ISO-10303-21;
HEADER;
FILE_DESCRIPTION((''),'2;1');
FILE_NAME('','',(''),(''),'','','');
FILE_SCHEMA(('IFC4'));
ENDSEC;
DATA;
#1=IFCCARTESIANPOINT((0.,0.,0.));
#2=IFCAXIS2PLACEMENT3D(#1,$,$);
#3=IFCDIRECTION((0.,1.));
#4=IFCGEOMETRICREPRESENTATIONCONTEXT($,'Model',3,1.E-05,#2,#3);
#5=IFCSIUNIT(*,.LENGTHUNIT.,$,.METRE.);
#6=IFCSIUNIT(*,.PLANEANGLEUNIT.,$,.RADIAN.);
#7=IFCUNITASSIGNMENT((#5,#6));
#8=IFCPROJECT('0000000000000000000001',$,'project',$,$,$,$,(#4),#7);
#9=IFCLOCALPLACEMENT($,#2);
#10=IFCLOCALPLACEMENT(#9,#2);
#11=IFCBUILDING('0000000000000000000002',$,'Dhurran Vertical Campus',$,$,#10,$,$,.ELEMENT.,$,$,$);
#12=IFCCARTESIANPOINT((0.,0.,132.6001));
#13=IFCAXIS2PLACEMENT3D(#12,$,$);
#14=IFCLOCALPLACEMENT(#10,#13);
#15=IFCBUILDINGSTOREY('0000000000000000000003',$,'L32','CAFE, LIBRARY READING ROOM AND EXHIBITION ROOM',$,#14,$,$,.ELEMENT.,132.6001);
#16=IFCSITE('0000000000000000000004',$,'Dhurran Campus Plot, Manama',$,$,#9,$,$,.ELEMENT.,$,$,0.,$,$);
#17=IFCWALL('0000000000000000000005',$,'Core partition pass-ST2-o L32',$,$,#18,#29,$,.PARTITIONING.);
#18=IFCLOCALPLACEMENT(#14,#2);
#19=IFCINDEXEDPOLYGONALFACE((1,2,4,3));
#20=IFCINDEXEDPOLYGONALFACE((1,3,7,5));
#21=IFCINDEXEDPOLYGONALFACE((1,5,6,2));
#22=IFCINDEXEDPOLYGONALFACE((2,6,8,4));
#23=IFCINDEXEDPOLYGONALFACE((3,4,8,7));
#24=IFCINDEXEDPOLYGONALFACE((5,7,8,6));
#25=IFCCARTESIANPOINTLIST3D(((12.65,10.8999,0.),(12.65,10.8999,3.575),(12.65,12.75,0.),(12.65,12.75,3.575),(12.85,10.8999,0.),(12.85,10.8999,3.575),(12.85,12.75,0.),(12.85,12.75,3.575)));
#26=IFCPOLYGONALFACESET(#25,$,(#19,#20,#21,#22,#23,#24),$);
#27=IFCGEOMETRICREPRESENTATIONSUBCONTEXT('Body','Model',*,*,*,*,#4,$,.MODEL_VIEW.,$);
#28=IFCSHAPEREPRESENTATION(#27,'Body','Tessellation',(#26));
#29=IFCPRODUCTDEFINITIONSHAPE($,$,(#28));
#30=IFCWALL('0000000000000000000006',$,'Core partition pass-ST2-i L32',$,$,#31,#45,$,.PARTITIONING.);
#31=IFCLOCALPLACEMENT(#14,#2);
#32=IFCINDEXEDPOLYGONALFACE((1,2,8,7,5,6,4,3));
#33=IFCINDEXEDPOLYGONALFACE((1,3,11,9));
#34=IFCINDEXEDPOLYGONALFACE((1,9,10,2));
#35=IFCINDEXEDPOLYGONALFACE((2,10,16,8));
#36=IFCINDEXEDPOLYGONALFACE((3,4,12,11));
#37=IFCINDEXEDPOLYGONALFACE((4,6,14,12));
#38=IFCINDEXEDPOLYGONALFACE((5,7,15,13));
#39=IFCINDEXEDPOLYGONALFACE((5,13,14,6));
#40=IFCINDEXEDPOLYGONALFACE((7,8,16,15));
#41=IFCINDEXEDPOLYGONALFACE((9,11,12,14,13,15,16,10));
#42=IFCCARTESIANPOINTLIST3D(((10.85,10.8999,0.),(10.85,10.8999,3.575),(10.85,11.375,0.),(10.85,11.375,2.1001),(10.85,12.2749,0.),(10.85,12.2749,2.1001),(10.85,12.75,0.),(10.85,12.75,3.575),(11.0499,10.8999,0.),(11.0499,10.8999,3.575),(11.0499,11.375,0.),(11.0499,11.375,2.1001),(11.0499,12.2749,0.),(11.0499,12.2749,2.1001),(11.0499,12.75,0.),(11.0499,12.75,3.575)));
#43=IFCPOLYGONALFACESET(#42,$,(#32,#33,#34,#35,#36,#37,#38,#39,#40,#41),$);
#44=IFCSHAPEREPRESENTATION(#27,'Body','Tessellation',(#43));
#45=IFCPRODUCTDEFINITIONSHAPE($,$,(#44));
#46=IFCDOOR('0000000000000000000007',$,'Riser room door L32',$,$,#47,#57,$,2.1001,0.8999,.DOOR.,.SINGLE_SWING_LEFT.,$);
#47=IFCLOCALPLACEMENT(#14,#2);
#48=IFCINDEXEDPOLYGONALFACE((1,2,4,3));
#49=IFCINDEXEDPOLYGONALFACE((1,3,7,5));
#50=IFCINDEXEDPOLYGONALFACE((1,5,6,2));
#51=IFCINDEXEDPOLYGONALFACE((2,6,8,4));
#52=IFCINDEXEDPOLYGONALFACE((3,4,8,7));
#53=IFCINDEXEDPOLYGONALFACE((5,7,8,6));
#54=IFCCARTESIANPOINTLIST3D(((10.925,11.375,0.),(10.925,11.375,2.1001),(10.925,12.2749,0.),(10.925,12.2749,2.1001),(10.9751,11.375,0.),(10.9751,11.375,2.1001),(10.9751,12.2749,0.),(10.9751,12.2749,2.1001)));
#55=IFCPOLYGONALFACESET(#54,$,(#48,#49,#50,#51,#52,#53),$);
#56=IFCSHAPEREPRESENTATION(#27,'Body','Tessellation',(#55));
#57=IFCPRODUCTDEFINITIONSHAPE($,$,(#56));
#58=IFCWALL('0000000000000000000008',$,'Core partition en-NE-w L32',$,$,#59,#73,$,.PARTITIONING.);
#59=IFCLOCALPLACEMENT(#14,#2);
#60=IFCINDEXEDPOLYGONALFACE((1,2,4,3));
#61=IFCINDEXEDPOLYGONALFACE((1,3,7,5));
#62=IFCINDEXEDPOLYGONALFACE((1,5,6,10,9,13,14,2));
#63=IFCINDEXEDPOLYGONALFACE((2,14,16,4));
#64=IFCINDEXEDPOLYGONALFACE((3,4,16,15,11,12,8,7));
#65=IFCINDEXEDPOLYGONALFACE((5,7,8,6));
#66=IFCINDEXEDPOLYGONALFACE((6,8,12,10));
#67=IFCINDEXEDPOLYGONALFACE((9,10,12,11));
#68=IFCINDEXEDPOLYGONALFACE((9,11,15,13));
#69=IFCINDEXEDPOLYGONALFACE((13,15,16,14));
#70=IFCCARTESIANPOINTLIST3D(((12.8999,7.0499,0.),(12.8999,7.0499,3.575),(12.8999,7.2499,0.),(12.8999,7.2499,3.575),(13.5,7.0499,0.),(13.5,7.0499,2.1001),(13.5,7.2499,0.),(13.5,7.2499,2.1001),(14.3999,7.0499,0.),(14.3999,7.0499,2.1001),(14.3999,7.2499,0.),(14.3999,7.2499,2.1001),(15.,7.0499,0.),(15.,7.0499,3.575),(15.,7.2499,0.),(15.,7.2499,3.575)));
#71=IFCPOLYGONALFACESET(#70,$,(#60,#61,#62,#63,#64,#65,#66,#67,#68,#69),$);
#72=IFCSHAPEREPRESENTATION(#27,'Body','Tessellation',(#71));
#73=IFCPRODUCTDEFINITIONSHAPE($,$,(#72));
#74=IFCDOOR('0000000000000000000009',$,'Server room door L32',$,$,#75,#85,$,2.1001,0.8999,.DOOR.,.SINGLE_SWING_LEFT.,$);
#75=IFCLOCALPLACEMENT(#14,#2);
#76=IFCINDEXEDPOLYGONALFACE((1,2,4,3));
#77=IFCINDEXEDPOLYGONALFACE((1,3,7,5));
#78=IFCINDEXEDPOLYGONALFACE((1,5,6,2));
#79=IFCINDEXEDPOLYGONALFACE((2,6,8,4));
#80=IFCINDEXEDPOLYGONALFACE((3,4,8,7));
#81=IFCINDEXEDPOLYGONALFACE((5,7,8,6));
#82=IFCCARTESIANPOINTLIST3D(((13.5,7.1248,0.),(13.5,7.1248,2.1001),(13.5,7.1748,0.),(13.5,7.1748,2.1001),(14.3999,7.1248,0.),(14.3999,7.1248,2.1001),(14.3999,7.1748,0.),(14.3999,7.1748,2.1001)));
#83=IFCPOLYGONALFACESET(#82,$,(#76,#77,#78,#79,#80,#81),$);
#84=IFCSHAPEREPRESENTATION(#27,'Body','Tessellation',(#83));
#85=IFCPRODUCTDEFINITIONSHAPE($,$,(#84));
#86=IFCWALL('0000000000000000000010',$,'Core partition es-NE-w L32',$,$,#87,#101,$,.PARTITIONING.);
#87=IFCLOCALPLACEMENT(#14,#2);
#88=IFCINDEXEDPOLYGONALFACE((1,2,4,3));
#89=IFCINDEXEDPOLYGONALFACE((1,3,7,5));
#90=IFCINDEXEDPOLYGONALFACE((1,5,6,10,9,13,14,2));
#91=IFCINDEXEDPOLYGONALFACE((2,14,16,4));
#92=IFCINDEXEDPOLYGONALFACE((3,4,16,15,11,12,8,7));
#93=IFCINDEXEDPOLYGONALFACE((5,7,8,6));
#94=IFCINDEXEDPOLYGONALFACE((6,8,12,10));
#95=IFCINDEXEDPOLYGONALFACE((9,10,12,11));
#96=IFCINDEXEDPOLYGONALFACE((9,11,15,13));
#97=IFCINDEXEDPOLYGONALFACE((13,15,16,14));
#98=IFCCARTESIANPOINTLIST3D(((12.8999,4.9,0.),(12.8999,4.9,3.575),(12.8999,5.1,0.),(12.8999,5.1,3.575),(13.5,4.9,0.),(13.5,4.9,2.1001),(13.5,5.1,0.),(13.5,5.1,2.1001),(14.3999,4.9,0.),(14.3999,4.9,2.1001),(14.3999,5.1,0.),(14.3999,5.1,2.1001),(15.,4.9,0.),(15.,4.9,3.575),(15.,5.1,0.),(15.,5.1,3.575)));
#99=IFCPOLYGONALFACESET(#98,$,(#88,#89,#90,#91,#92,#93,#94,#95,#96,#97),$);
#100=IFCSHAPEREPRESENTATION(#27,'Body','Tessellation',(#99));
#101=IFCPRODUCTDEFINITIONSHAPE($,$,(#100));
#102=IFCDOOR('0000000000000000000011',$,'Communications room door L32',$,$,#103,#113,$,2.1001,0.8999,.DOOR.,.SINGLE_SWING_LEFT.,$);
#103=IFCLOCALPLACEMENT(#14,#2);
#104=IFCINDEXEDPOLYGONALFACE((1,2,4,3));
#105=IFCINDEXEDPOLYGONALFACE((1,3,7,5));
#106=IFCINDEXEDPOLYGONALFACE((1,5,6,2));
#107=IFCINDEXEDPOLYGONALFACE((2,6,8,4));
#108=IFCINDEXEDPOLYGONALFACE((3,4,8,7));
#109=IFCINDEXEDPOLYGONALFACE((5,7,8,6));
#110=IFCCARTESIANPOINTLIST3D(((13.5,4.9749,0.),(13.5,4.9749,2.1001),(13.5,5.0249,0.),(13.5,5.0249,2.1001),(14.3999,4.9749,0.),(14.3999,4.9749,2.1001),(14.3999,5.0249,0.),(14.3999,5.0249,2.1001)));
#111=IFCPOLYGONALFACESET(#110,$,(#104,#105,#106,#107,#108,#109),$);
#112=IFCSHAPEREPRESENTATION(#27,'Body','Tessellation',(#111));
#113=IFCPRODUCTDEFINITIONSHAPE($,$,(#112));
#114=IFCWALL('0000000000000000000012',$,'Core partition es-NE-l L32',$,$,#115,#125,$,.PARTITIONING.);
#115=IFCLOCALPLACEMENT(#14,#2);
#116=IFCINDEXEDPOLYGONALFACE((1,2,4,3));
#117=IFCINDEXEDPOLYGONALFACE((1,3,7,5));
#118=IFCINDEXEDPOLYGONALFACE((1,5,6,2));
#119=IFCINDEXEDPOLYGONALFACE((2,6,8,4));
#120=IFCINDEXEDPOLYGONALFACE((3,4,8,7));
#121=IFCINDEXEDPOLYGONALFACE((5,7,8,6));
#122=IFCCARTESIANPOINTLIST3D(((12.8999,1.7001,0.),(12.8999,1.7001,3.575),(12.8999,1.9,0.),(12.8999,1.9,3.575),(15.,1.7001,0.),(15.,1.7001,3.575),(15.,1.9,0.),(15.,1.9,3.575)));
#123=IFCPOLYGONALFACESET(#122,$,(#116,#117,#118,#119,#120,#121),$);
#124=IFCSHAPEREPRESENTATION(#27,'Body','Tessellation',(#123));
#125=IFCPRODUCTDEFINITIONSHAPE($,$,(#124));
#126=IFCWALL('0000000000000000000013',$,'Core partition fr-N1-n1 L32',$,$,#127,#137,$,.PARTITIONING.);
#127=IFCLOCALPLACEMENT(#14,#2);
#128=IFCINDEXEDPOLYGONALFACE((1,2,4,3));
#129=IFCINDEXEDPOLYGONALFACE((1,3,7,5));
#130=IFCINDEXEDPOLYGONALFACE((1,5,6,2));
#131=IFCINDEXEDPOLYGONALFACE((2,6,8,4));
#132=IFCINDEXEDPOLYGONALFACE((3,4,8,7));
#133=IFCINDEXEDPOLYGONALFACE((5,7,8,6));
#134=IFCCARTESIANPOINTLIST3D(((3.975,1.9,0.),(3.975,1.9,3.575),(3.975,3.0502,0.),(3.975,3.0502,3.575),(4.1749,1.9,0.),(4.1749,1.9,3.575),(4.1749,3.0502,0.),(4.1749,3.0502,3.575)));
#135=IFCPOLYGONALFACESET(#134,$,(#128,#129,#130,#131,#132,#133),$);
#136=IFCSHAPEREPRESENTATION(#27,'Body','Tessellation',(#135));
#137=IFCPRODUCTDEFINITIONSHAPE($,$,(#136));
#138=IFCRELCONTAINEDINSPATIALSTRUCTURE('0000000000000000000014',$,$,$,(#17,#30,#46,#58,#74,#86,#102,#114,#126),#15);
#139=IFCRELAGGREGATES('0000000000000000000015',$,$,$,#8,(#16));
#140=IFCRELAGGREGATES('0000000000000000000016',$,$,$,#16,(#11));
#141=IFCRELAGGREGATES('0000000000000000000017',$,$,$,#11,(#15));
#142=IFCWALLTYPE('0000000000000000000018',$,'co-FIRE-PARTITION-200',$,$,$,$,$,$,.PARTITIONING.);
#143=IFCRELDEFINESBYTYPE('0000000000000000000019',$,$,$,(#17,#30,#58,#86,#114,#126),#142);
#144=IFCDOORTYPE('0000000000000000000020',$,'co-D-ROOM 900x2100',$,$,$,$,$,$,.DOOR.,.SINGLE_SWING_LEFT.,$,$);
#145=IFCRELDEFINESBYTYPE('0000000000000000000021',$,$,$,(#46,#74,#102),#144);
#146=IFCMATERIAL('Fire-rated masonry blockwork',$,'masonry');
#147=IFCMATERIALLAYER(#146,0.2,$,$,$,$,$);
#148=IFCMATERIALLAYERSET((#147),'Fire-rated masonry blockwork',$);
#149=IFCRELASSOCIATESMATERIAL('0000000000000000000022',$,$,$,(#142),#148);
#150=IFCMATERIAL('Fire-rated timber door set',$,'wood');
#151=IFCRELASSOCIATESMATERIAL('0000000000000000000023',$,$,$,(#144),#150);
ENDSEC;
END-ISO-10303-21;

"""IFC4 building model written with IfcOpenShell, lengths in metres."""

from ifc_helpers import new_model, si_unit, direction, frame, frame_2d, origin, place, context, subcontext, project, spatial, rectangle, extrude, material, layer, layer_set, type_object, element, fill, save


model = new_model("IFC4")

# Units and contexts
model_context = context("Model", 3, precision=1e-05, world=origin(), true_north=direction((0.0, 1.0)))
body_context = subcontext(model_context, "Body", "Model", "MODEL_VIEW")
ifc_project = project(units=[si_unit("LENGTHUNIT", "METRE"), si_unit("PLANEANGLEUNIT", "RADIAN")], contexts=[model_context])

# Site, building, storey
site_placement = place(None, origin())
site = spatial("IfcSite", under=ifc_project, at=site_placement, Name="Dhurran Campus Plot, Manama", CompositionType="ELEMENT", RefElevation=0.0)
building_placement = place(site_placement, origin())
building = spatial("IfcBuilding", under=site, at=building_placement, Name="Dhurran Vertical Campus", CompositionType="ELEMENT")
storey_placement = place(building_placement, frame((0.0, 0.0, 132.6001)))
storey = spatial("IfcBuildingStorey", under=building, at=storey_placement, Name="L32", Description="CAFE, LIBRARY READING ROOM AND EXHIBITION ROOM", CompositionType="ELEMENT", Elevation=132.6001)

# Wall
ifc_material_1 = material(Name="Fire-rated masonry blockwork", Category="masonry")
ifc_layer_1 = layer(ifc_material_1, 0.2)
ifc_layer_set_1 = layer_set([ifc_layer_1], Name="Fire-rated masonry blockwork")
wall_type_1 = type_object("IfcWallType", Name="co-FIRE-PARTITION-200", PredefinedType="PARTITIONING", material=ifc_layer_set_1)
wall_1_placement = place(storey_placement, frame((12.75, 10.8999, 0.0), z_axis=(0.0, 0.0, 1.0), x_axis=(0.0, 1.0, 0.0)))
element("IfcWall", 1, at=wall_1_placement, inside=storey, type_object=wall_type_1, Name="Core partition pass-ST2-o L32", PredefinedType="PARTITIONING", context=body_context, shape_type="SweptSolid", body=[
    extrude(rectangle(XDim=1.8501, YDim=0.2, at=frame_2d((0.925, 0.0))), origin(), (0.0, 0.0, 1.0), 3.575),
])

# Walls, openings, doors
wall_2_placement = place(storey_placement, frame((10.95, 10.8999, 0.0), z_axis=(0.0, 0.0, 1.0), x_axis=(0.0, 1.0, 0.0)))
wall_2 = element("IfcWall", 2, at=wall_2_placement, inside=storey, type_object=wall_type_1, Name="Core partition pass-ST2-i L32", PredefinedType="PARTITIONING", context=body_context, shape_type="SweptSolid", body=[
    extrude(rectangle(XDim=1.8501, YDim=0.2, at=frame_2d((0.925, 0.0))), origin(), (0.0, 0.0, 1.0), 3.575),
])
opening_1_placement = place(wall_2_placement, frame((0.4751, 0.0, 0.0)))
opening_1 = element("IfcOpeningElement", 3, at=opening_1_placement, cuts=wall_2, PredefinedType="OPENING", context=body_context, shape_type="SweptSolid", body=[
    extrude(rectangle(XDim=0.8999, YDim=2.1001, at=frame_2d((0.45, 1.05))), frame((0.0, 0.1099, 0.0), z_axis=(0.0, -1.0, 0.0), x_axis=(1.0, 0.0, 0.0)), (0.0, 0.0, 1.0), 0.22),
])
ifc_material_2 = material(Name="Fire-rated timber door set", Category="wood")
door_type_1 = type_object("IfcDoorType", Name="co-D-ROOM 900x2100", OperationType="SINGLE_SWING_LEFT", PredefinedType="DOOR", material=ifc_material_2)
door_1_placement = place(opening_1_placement, origin())
door_1 = element("IfcDoor", 4, at=door_1_placement, inside=storey, type_object=door_type_1, Name="Riser room door L32", OperationType="SINGLE_SWING_LEFT", OverallHeight=2.1001, OverallWidth=0.8999, PredefinedType="DOOR", context=body_context, shape_type="SweptSolid", body=[
    extrude(rectangle(XDim=0.8999, YDim=2.1001, at=frame_2d((0.45, 1.05))), frame((0.0, 0.0249, 0.0), z_axis=(0.0, -1.0, 0.0), x_axis=(1.0, 0.0, 0.0)), (0.0, 0.0, 1.0), 0.05),
])
fill(opening_1, door_1)
wall_3_placement = place(storey_placement, frame((12.8999, 7.1499, 0.0), z_axis=(0.0, 0.0, 1.0), x_axis=(1.0, 0.0, 0.0)))
wall_3 = element("IfcWall", 5, at=wall_3_placement, inside=storey, type_object=wall_type_1, Name="Core partition en-NE-w L32", PredefinedType="PARTITIONING", context=body_context, shape_type="SweptSolid", body=[
    extrude(rectangle(XDim=2.1001, YDim=0.2, at=frame_2d((1.05, 0.0))), origin(), (0.0, 0.0, 1.0), 3.575),
])
opening_2_placement = place(wall_3_placement, frame((0.6001, 0.0, 0.0)))
opening_2 = element("IfcOpeningElement", 6, at=opening_2_placement, cuts=wall_3, PredefinedType="OPENING", context=body_context, shape_type="SweptSolid", body=[
    extrude(rectangle(XDim=0.8999, YDim=2.1001, at=frame_2d((0.45, 1.05))), frame((0.0, 0.1099, 0.0), z_axis=(0.0, -1.0, 0.0), x_axis=(1.0, 0.0, 0.0)), (0.0, 0.0, 1.0), 0.22),
])
door_2_placement = place(opening_2_placement, origin())
door_2 = element("IfcDoor", 7, at=door_2_placement, inside=storey, type_object=door_type_1, Name="Server room door L32", OperationType="SINGLE_SWING_LEFT", OverallHeight=2.1001, OverallWidth=0.8999, PredefinedType="DOOR", context=body_context, shape_type="SweptSolid", body=[
    extrude(rectangle(XDim=0.8999, YDim=2.1001, at=frame_2d((0.45, 1.05))), frame((0.0, 0.0249, 0.0), z_axis=(0.0, -1.0, 0.0), x_axis=(1.0, 0.0, 0.0)), (0.0, 0.0, 1.0), 0.05),
])
fill(opening_2, door_2)
wall_4_placement = place(storey_placement, frame((12.8999, 5.0, 0.0), z_axis=(0.0, 0.0, 1.0), x_axis=(1.0, 0.0, 0.0)))
wall_4 = element("IfcWall", 8, at=wall_4_placement, inside=storey, type_object=wall_type_1, Name="Core partition es-NE-w L32", PredefinedType="PARTITIONING", context=body_context, shape_type="SweptSolid", body=[
    extrude(rectangle(XDim=2.1001, YDim=0.2, at=frame_2d((1.05, 0.0))), origin(), (0.0, 0.0, 1.0), 3.575),
])
opening_3_placement = place(wall_4_placement, frame((0.6001, 0.0, 0.0)))
opening_3 = element("IfcOpeningElement", 9, at=opening_3_placement, cuts=wall_4, PredefinedType="OPENING", context=body_context, shape_type="SweptSolid", body=[
    extrude(rectangle(XDim=0.8999, YDim=2.1001, at=frame_2d((0.45, 1.05))), frame((0.0, 0.1099, 0.0), z_axis=(0.0, -1.0, 0.0), x_axis=(1.0, 0.0, 0.0)), (0.0, 0.0, 1.0), 0.22),
])
door_3_placement = place(opening_3_placement, origin())
door_3 = element("IfcDoor", 10, at=door_3_placement, inside=storey, type_object=door_type_1, Name="Communications room door L32", OperationType="SINGLE_SWING_LEFT", OverallHeight=2.1001, OverallWidth=0.8999, PredefinedType="DOOR", context=body_context, shape_type="SweptSolid", body=[
    extrude(rectangle(XDim=0.8999, YDim=2.1001, at=frame_2d((0.45, 1.05))), frame((0.0, 0.0249, 0.0), z_axis=(0.0, -1.0, 0.0), x_axis=(1.0, 0.0, 0.0)), (0.0, 0.0, 1.0), 0.05),
])
fill(opening_3, door_3)

# Walls
wall_5_placement = place(storey_placement, frame((12.8999, 1.8, 0.0), z_axis=(0.0, 0.0, 1.0), x_axis=(1.0, 0.0, 0.0)))
element("IfcWall", 11, at=wall_5_placement, inside=storey, type_object=wall_type_1, Name="Core partition es-NE-l L32", PredefinedType="PARTITIONING", context=body_context, shape_type="SweptSolid", body=[
    extrude(rectangle(XDim=2.1001, YDim=0.2, at=frame_2d((1.05, 0.0))), origin(), (0.0, 0.0, 1.0), 3.575),
])
wall_6_placement = place(storey_placement, frame((4.075, 1.8999, 0.0), z_axis=(0.0, 0.0, 1.0), x_axis=(0.0, 1.0, 0.0)))
element("IfcWall", 12, at=wall_6_placement, inside=storey, type_object=wall_type_1, Name="Core partition fr-N1-n1 L32", PredefinedType="PARTITIONING", context=body_context, shape_type="SweptSolid", body=[
    extrude(rectangle(XDim=1.1501, YDim=0.2, at=frame_2d((0.5752, 0.0))), origin(), (0.0, 0.0, 1.0), 3.575),
])

save(model, "model.ifc")
